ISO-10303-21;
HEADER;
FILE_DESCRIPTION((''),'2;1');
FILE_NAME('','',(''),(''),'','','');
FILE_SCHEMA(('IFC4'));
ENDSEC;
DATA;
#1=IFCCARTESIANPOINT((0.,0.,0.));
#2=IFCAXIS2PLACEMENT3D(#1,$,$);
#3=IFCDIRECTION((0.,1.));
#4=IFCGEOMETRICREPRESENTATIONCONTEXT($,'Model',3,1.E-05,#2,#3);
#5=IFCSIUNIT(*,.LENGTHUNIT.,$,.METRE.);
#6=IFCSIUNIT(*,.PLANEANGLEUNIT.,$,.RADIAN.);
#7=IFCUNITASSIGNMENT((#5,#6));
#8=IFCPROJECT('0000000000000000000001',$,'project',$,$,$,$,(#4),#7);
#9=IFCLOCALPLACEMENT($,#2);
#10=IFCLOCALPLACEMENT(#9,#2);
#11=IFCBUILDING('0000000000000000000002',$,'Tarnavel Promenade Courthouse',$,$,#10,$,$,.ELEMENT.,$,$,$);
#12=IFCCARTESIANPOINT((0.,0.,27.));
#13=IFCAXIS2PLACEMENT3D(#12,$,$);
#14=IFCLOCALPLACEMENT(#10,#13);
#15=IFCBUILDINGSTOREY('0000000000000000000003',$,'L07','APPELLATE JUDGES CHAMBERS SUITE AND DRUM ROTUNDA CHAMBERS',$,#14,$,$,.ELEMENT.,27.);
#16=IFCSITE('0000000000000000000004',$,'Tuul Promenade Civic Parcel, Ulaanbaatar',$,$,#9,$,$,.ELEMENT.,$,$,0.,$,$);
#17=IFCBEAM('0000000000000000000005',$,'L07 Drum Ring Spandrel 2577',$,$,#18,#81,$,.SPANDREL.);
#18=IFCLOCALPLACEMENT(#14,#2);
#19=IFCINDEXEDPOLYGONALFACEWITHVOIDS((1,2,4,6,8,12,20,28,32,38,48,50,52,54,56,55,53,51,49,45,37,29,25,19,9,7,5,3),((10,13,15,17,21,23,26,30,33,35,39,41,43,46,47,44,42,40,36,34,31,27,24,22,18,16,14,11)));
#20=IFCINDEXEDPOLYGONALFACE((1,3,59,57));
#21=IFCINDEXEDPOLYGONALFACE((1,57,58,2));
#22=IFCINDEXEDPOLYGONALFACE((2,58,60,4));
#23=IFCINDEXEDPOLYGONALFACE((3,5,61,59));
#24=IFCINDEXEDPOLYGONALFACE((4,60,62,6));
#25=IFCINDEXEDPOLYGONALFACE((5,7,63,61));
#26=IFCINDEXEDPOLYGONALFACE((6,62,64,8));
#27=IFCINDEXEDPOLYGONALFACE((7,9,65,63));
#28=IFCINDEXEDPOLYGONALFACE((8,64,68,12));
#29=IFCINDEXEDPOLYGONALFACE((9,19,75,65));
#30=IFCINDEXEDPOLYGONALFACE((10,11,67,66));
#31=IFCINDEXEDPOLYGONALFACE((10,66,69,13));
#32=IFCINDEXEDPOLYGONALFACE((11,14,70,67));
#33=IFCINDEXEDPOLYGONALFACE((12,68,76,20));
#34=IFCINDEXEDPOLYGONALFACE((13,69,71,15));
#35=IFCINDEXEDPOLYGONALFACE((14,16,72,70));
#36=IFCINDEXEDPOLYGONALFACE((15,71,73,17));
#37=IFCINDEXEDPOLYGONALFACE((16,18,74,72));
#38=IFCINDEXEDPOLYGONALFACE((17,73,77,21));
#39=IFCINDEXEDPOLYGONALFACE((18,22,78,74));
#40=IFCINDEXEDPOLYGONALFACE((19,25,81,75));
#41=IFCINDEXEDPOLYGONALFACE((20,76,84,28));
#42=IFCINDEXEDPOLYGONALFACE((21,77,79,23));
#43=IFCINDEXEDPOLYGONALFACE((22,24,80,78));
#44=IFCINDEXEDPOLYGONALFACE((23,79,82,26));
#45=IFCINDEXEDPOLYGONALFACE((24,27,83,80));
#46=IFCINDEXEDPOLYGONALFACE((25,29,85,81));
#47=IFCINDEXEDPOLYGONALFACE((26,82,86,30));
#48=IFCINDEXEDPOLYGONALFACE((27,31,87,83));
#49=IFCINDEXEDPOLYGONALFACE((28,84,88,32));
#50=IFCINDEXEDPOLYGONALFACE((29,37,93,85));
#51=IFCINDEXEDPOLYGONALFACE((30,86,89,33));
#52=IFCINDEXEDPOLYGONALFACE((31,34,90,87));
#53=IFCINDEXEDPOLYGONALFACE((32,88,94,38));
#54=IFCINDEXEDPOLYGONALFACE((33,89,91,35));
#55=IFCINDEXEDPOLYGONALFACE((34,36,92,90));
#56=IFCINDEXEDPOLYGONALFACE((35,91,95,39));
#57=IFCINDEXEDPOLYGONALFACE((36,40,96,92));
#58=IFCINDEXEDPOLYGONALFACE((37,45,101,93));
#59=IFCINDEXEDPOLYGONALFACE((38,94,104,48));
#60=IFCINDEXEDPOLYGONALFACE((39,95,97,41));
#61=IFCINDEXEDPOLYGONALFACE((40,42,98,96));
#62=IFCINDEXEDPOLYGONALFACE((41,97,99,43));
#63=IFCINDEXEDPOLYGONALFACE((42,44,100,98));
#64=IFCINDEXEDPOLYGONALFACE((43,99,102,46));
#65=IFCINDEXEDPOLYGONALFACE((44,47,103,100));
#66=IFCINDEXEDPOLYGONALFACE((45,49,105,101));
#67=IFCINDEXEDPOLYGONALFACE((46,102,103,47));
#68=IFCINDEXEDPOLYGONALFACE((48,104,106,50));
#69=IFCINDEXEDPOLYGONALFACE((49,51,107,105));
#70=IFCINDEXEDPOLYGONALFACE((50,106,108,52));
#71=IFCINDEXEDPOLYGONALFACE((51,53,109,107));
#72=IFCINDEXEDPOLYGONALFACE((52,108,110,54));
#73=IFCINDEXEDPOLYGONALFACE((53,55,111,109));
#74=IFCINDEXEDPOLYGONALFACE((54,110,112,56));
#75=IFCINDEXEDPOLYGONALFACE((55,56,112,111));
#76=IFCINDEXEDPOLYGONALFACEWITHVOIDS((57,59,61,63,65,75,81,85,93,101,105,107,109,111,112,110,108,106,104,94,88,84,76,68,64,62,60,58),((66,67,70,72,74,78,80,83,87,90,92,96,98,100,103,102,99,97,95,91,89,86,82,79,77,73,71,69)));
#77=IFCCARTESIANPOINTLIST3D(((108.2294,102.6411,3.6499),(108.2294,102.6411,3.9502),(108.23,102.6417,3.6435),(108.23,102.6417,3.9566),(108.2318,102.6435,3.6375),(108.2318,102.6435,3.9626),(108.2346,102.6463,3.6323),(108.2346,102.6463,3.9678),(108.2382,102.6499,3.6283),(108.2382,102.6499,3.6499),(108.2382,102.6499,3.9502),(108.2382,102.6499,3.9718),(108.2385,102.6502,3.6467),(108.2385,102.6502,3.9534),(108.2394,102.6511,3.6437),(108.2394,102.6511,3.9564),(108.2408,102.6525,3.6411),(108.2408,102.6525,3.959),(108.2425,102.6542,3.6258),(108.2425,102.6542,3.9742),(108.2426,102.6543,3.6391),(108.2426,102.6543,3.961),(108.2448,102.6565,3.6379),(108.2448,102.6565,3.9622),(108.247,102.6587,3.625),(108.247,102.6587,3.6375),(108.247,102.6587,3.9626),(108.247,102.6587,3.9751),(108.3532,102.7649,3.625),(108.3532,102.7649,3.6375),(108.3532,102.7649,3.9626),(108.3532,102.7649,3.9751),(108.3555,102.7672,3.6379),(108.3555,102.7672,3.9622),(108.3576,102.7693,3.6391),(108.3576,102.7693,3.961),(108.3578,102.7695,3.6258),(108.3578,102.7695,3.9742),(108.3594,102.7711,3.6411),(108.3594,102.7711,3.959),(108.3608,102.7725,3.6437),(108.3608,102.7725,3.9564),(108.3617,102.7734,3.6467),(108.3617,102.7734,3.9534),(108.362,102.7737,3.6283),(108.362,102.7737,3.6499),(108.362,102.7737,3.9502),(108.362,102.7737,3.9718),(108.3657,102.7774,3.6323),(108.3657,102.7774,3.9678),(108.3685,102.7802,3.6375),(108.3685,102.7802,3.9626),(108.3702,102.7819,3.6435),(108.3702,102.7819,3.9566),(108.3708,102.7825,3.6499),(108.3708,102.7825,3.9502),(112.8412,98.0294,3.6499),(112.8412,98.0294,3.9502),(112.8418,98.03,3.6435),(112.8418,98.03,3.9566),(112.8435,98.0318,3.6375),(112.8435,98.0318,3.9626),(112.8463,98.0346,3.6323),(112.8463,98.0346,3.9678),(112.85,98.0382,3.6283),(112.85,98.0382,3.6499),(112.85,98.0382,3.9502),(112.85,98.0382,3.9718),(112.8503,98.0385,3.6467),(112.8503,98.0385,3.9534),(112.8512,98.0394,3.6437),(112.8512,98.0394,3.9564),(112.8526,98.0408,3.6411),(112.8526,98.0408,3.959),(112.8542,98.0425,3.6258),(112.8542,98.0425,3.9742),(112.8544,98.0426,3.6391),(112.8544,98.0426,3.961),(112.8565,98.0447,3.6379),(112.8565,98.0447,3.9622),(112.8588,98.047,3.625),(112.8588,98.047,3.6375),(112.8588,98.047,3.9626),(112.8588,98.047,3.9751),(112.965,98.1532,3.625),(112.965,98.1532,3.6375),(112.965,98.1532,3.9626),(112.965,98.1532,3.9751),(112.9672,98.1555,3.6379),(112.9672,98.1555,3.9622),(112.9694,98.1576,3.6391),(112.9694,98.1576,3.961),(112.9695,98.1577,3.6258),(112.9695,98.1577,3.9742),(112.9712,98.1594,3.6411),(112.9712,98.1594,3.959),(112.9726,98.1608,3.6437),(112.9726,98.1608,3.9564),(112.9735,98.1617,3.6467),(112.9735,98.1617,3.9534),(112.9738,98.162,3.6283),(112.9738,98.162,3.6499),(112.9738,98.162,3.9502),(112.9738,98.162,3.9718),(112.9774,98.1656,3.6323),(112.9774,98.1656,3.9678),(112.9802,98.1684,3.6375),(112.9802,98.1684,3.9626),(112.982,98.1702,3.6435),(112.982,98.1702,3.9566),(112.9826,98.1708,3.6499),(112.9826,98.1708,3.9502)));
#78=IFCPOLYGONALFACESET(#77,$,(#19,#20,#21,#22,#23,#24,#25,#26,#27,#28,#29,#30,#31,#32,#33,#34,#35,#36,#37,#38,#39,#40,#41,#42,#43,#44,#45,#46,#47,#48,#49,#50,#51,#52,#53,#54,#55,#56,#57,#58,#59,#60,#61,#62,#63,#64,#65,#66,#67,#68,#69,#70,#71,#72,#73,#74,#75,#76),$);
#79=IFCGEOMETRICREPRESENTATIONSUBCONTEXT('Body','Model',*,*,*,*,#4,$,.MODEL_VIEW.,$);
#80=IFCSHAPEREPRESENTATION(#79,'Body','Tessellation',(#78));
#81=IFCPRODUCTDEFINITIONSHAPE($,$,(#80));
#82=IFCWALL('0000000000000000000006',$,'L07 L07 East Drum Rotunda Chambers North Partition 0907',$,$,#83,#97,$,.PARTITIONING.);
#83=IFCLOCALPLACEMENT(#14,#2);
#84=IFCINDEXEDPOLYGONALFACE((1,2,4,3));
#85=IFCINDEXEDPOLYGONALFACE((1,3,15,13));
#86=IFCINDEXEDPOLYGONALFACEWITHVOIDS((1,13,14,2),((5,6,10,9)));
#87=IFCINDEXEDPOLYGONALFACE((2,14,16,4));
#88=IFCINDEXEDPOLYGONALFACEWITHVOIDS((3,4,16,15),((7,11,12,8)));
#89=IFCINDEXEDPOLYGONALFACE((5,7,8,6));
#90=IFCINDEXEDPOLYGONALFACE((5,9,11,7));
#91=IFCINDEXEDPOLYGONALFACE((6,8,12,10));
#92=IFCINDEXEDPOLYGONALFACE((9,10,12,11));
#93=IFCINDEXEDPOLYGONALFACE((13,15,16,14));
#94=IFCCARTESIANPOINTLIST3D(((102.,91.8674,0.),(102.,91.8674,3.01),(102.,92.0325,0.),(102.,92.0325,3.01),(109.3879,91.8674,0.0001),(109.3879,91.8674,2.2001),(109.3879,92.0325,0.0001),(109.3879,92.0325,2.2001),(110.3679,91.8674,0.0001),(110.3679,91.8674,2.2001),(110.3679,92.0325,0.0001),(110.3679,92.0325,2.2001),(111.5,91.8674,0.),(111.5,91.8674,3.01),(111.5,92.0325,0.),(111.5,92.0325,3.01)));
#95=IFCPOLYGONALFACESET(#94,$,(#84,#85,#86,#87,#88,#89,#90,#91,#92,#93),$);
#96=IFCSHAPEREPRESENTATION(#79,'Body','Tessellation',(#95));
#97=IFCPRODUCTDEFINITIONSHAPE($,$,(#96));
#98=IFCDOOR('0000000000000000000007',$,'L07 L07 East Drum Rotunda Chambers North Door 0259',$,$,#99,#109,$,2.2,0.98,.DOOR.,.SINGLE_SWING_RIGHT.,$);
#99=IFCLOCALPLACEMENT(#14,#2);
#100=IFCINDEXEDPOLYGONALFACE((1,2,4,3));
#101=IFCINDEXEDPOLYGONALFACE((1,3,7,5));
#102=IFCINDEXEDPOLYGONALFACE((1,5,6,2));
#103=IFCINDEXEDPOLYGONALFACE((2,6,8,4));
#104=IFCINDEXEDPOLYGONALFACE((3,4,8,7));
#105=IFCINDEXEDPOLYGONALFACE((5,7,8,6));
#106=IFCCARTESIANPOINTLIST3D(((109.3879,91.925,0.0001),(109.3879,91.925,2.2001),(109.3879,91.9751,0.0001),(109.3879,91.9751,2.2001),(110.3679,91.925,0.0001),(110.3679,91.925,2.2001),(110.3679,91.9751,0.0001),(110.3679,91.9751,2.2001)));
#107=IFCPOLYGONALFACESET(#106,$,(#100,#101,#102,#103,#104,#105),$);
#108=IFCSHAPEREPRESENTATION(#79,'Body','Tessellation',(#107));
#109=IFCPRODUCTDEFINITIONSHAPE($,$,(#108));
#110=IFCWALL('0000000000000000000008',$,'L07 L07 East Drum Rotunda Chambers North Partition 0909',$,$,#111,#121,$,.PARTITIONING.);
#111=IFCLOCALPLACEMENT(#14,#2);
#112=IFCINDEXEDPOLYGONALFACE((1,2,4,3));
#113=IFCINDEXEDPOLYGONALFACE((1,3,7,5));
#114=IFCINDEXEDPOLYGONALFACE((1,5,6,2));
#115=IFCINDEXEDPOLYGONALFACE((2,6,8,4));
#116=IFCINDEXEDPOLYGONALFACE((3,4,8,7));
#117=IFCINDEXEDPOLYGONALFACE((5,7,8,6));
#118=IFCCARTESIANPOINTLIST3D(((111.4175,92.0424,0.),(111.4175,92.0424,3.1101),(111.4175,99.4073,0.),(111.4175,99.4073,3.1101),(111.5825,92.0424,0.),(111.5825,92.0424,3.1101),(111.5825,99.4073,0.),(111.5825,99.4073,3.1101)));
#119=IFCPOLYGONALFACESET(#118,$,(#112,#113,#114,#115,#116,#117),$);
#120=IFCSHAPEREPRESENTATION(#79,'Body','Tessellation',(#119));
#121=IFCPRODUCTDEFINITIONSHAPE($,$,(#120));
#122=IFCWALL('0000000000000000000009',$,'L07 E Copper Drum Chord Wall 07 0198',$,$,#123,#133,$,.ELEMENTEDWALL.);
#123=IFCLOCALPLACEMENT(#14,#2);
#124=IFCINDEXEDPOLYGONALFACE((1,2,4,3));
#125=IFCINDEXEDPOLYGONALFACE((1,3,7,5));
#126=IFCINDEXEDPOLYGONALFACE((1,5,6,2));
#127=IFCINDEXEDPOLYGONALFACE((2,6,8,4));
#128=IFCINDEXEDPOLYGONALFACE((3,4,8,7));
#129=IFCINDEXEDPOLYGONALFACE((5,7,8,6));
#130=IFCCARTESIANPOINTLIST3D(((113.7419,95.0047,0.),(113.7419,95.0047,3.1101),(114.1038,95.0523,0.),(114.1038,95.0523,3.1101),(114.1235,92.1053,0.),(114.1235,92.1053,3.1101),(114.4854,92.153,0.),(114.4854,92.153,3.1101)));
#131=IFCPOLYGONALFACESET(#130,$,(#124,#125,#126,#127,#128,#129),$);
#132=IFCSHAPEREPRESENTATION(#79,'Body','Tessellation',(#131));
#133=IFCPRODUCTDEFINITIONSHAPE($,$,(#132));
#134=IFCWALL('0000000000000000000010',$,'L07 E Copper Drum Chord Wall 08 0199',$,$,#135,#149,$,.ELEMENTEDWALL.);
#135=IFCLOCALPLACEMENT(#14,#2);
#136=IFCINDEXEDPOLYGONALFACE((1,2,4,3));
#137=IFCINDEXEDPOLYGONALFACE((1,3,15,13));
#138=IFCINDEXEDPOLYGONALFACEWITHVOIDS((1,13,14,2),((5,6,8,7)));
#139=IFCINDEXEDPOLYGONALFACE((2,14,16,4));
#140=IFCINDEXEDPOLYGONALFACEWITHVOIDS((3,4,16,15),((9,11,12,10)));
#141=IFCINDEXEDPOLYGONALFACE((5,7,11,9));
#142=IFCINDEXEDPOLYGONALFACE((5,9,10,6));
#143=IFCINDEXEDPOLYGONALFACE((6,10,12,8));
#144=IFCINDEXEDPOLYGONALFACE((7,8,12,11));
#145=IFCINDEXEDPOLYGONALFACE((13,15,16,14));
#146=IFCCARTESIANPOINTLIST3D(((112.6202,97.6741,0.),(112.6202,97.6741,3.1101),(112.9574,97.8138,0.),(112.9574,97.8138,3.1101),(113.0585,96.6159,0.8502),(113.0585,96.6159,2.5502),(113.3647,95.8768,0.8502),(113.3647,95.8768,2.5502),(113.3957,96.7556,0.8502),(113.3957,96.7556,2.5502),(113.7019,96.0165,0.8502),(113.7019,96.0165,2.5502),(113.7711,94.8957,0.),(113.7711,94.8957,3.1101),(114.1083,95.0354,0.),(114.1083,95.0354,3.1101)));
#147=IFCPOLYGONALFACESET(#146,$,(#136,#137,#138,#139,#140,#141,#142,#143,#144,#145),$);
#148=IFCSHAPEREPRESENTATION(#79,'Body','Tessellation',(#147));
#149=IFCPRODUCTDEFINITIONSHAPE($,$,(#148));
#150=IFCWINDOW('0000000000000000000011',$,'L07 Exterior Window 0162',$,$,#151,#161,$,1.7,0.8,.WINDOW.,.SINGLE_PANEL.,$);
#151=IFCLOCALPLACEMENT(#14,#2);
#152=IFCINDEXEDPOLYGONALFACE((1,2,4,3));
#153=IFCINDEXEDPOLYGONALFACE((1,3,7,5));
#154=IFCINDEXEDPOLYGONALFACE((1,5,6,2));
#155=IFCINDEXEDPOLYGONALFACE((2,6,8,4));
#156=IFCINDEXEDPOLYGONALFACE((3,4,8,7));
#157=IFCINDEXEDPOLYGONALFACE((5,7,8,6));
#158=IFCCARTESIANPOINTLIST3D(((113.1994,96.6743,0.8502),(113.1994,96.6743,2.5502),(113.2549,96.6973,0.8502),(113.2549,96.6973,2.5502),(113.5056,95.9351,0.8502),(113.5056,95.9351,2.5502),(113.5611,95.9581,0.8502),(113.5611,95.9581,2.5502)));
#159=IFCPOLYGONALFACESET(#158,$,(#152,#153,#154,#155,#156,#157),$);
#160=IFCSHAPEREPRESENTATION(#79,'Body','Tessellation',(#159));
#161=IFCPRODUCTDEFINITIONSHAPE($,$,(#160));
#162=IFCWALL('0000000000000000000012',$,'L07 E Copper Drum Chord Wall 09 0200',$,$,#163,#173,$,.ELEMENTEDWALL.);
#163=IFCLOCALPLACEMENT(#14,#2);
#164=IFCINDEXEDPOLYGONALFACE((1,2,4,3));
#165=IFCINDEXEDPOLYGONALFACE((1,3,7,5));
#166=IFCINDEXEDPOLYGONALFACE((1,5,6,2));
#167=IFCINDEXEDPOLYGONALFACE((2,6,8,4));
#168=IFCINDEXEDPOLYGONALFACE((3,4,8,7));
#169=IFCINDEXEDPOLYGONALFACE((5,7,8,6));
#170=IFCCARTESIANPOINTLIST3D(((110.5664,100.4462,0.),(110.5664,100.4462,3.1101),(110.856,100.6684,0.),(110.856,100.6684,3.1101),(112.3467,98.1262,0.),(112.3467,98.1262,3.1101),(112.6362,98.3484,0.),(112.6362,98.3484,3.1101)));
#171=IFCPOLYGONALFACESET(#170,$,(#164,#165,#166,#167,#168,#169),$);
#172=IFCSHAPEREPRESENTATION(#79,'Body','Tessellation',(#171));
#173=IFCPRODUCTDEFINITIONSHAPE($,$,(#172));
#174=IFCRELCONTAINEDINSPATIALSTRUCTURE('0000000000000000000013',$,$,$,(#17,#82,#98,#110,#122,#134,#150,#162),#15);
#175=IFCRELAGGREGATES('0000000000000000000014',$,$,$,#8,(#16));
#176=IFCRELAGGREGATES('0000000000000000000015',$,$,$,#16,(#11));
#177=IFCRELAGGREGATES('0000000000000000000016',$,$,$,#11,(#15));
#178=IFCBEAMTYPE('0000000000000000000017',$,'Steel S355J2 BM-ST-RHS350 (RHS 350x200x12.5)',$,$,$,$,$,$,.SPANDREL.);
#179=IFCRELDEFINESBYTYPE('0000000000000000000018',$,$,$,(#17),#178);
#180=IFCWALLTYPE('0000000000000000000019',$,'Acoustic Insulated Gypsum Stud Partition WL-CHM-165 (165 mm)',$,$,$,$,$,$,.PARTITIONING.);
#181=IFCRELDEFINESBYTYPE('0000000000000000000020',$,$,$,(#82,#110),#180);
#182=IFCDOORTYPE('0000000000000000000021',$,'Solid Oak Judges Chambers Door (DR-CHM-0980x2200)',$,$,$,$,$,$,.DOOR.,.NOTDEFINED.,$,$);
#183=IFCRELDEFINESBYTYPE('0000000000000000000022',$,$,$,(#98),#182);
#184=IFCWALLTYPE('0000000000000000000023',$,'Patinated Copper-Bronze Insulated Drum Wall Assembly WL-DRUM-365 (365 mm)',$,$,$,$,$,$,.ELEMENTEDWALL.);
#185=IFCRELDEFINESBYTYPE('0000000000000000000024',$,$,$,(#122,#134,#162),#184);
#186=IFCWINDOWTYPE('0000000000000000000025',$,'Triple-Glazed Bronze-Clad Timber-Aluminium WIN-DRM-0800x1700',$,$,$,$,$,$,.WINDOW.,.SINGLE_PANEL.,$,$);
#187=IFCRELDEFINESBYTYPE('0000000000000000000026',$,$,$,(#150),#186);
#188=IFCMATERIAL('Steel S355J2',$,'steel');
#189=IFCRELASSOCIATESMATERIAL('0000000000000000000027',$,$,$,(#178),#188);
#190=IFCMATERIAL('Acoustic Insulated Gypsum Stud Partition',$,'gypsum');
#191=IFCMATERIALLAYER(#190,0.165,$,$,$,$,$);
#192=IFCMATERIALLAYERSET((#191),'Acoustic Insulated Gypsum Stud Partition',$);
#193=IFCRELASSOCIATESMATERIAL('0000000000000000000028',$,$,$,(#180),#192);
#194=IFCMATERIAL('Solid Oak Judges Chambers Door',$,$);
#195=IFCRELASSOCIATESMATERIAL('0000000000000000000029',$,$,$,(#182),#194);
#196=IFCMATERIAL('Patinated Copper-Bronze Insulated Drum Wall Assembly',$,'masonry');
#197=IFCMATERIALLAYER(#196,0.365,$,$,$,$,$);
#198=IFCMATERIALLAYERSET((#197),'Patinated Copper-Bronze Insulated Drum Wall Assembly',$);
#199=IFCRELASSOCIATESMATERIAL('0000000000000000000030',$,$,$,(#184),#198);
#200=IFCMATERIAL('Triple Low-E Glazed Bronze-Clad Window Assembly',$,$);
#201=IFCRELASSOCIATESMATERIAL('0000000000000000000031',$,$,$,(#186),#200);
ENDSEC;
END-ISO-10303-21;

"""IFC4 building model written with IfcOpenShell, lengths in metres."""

from ifc_helpers import new_model, si_unit, direction, frame, frame_2d, origin, origin_2d, place, context, subcontext, project, spatial, rectangle, hollow_rectangle, extrude, material, layer, layer_set, material_profile, profile_set, type_object, element, fill, save


model = new_model("IFC4")

# Units and contexts
model_context = context("Model", 3, precision=1e-05, world=origin(), true_north=direction((0.0, 1.0)))
body_context = subcontext(model_context, "Body", "Model", "MODEL_VIEW")
ifc_project = project(units=[si_unit("LENGTHUNIT", "METRE"), si_unit("PLANEANGLEUNIT", "RADIAN")], contexts=[model_context])

# Site, building, storey
site_placement = place(None, origin())
site = spatial("IfcSite", under=ifc_project, at=site_placement, Name="Tuul Promenade Civic Parcel, Ulaanbaatar", CompositionType="ELEMENT", RefElevation=0.0)
building_placement = place(site_placement, origin())
building = spatial("IfcBuilding", under=site, at=building_placement, Name="Tarnavel Promenade Courthouse", CompositionType="ELEMENT")
storey_placement = place(building_placement, frame((0.0, 0.0, 27.0)))
storey = spatial("IfcBuildingStorey", under=building, at=storey_placement, Name="L07", Description="APPELLATE JUDGES CHAMBERS SUITE AND DRUM ROTUNDA CHAMBERS", CompositionType="ELEMENT", Elevation=27.0)

# Beam
ifc_material_1 = material(Name="Steel S355J2", Category="steel")
ifc_material_profile_1 = material_profile(ifc_material_1, hollow_rectangle(XDim=0.2, YDim=0.3501, WallThickness=0.0125, InnerFilletRadius=0.0125, OuterFilletRadius=0.0249, at=origin_2d()), Name="RHS 350x200x12.5")
ifc_profile_set_1 = profile_set([ifc_material_profile_1], Name="Steel S355J2")
beam_type = type_object("IfcBeamType", Name="Steel S355J2 BM-ST-RHS350 (RHS 350x200x12.5)", PredefinedType="SPANDREL", material=ifc_profile_set_1)
beam_1_placement = place(storey_placement, frame((112.9119, 98.1001, 3.8), z_axis=(-0.707107, 0.707107, 0.0), x_axis=(-0.707107, -0.707107, 0.0)))
element("IfcBeam", 1, at=beam_1_placement, inside=storey, type_object=beam_type, Name="L07 Drum Ring Spandrel 2577", PredefinedType="SPANDREL", context=body_context, shape_type="SweptSolid", body=[
    extrude(hollow_rectangle(XDim=0.2, YDim=0.3501, WallThickness=0.0125, InnerFilletRadius=0.0125, OuterFilletRadius=0.0249, at=origin_2d()), origin(), (0.0, 0.0, 1.0), 6.522),
])

# Wall, opening, door
ifc_material_2 = material(Name="Acoustic Insulated Gypsum Stud Partition", Category="gypsum")
ifc_layer_1 = layer(ifc_material_2, 0.165)
ifc_layer_set_1 = layer_set([ifc_layer_1], Name="Acoustic Insulated Gypsum Stud Partition")
wall_type_1 = type_object("IfcWallType", Name="Acoustic Insulated Gypsum Stud Partition WL-CHM-165 (165 mm)", PredefinedType="PARTITIONING", material=ifc_layer_set_1)
wall_1_placement = place(storey_placement, frame((111.5, 91.95, 0.0), z_axis=(0.0, 0.0, 1.0), x_axis=(-1.0, 0.0, 0.0)))
wall_1 = element("IfcWall", 2, at=wall_1_placement, inside=storey, type_object=wall_type_1, Name="L07 L07 East Drum Rotunda Chambers North Partition 0907", PredefinedType="PARTITIONING", context=body_context, shape_type="SweptSolid", body=[
    extrude(rectangle(XDim=9.5, YDim=0.165, at=frame_2d((4.75, 0.0))), origin(), (0.0, 0.0, 1.0), 3.01),
])
opening_1_placement = place(wall_1_placement, frame((1.1321, 0.0, 0.0)))
opening_1 = element("IfcOpeningElement", 3, at=opening_1_placement, cuts=wall_1, PredefinedType="OPENING", context=body_context, shape_type="SweptSolid", body=[
    extrude(rectangle(XDim=0.98, YDim=2.2, at=frame_2d((0.49, 1.1001))), frame((0.0, 0.0925, 0.0), z_axis=(0.0, -1.0, 0.0), x_axis=(1.0, 0.0, 0.0)), (0.0, 0.0, 1.0), 0.1851),
])
ifc_material_3 = material(Name="Solid Oak Judges Chambers Door")
door_type = type_object("IfcDoorType", Name="Solid Oak Judges Chambers Door (DR-CHM-0980x2200)", OperationType="NOTDEFINED", PredefinedType="DOOR", material=ifc_material_3)
door_placement = place(opening_1_placement, origin())
door = element("IfcDoor", 4, at=door_placement, inside=storey, type_object=door_type, Name="L07 L07 East Drum Rotunda Chambers North Door 0259", OperationType="SINGLE_SWING_RIGHT", OverallHeight=2.2, OverallWidth=0.98, PredefinedType="DOOR", context=body_context, shape_type="SweptSolid", body=[
    extrude(rectangle(XDim=0.98, YDim=2.2, at=frame_2d((0.49, 1.1001))), frame((0.0, 0.0249, 0.0), z_axis=(0.0, -1.0, 0.0), x_axis=(1.0, 0.0, 0.0)), (0.0, 0.0, 1.0), 0.05),
])
fill(opening_1, door)

# Walls
wall_2_placement = place(storey_placement, frame((111.5, 99.4075, 0.0), z_axis=(0.0, 0.0, 1.0), x_axis=(0.0, -1.0, 0.0)))
element("IfcWall", 5, at=wall_2_placement, inside=storey, type_object=wall_type_1, Name="L07 L07 East Drum Rotunda Chambers North Partition 0909", PredefinedType="PARTITIONING", context=body_context, shape_type="SweptSolid", body=[
    extrude(rectangle(XDim=7.365, YDim=0.165, at=frame_2d((3.6826, 0.0))), origin(), (0.0, 0.0, 1.0), 3.1101),
])
ifc_material_4 = material(Name="Patinated Copper-Bronze Insulated Drum Wall Assembly", Category="masonry")
ifc_layer_2 = layer(ifc_material_4, 0.365)
ifc_layer_set_2 = layer_set([ifc_layer_2], Name="Patinated Copper-Bronze Insulated Drum Wall Assembly")
wall_type_2 = type_object("IfcWallType", Name="Patinated Copper-Bronze Insulated Drum Wall Assembly WL-DRUM-365 (365 mm)", PredefinedType="ELEMENTEDWALL", material=ifc_layer_set_2)
wall_3_placement = place(storey_placement, frame((114.3044, 92.1292, 0.0), z_axis=(0.0, 0.0, 1.0), x_axis=(-0.130485, 0.99145, 0.0)))
element("IfcWall", 6, at=wall_3_placement, inside=storey, type_object=wall_type_2, Name="L07 E Copper Drum Chord Wall 07 0198", PredefinedType="ELEMENTEDWALL", context=body_context, shape_type="SweptSolid", body=[
    extrude(rectangle(XDim=2.9243, YDim=0.365, at=frame_2d((1.4622, 0.0))), origin(), (0.0, 0.0, 1.0), 3.1101),
])

# Wall, opening, window
wall_4_placement = place(storey_placement, frame((113.9397, 94.9656, 0.0), z_axis=(0.0, 0.0, 1.0), x_axis=(-0.382701, 0.923872, 0.0)))
wall_4 = element("IfcWall", 7, at=wall_4_placement, inside=storey, type_object=wall_type_2, Name="L07 E Copper Drum Chord Wall 08 0199", PredefinedType="ELEMENTEDWALL", context=body_context, shape_type="SweptSolid", body=[
    extrude(rectangle(XDim=3.0073, YDim=0.365, at=frame_2d((1.5037, 0.0))), origin(), (0.0, 0.0, 1.0), 3.1101),
])
opening_2_placement = place(wall_4_placement, frame((1.062, 0.0, 0.8501)))
opening_2 = element("IfcOpeningElement", 8, at=opening_2_placement, cuts=wall_4, PredefinedType="OPENING", context=body_context, shape_type="SweptSolid", body=[
    extrude(rectangle(XDim=0.8, YDim=1.7, at=frame_2d((0.3999, 0.8501))), frame((0.0, 0.1924, 0.0), z_axis=(0.0, -1.0, 0.0), x_axis=(1.0, 0.0, 0.0)), (0.0, 0.0, 1.0), 0.385),
])
ifc_material_5 = material(Name="Triple Low-E Glazed Bronze-Clad Window Assembly")
window_type = type_object("IfcWindowType", Name="Triple-Glazed Bronze-Clad Timber-Aluminium WIN-DRM-0800x1700", PartitioningType="SINGLE_PANEL", PredefinedType="WINDOW", material=ifc_material_5)
window_1_placement = place(opening_2_placement, origin())
window_1 = element("IfcWindow", 9, at=window_1_placement, inside=storey, type_object=window_type, Name="L07 Exterior Window 0162", OverallHeight=1.7, OverallWidth=0.8, PartitioningType="SINGLE_PANEL", PredefinedType="WINDOW", context=body_context, shape_type="SweptSolid", body=[
    extrude(rectangle(XDim=0.8, YDim=1.7, at=frame_2d((0.3999, 0.8501))), frame((0.0, 0.03, 0.0), z_axis=(0.0, -1.0, 0.0), x_axis=(1.0, 0.0, 0.0)), (0.0, 0.0, 1.0), 0.0601),
])
fill(opening_2, window_1)

# Wall
wall_5_placement = place(storey_placement, frame((112.4915, 98.2373, 0.0), z_axis=(0.0, 0.0, 1.0), x_axis=(-0.608766, 0.79335, 0.0)))
element("IfcWall", 10, at=wall_5_placement, inside=storey, type_object=wall_type_2, Name="L07 E Copper Drum Chord Wall 09 0200", PredefinedType="ELEMENTEDWALL", context=body_context, shape_type="SweptSolid", body=[
    extrude(rectangle(XDim=2.9243, YDim=0.365, at=frame_2d((1.4622, 0.0))), origin(), (0.0, 0.0, 1.0), 3.1101),
])

save(model, "model.ifc")
